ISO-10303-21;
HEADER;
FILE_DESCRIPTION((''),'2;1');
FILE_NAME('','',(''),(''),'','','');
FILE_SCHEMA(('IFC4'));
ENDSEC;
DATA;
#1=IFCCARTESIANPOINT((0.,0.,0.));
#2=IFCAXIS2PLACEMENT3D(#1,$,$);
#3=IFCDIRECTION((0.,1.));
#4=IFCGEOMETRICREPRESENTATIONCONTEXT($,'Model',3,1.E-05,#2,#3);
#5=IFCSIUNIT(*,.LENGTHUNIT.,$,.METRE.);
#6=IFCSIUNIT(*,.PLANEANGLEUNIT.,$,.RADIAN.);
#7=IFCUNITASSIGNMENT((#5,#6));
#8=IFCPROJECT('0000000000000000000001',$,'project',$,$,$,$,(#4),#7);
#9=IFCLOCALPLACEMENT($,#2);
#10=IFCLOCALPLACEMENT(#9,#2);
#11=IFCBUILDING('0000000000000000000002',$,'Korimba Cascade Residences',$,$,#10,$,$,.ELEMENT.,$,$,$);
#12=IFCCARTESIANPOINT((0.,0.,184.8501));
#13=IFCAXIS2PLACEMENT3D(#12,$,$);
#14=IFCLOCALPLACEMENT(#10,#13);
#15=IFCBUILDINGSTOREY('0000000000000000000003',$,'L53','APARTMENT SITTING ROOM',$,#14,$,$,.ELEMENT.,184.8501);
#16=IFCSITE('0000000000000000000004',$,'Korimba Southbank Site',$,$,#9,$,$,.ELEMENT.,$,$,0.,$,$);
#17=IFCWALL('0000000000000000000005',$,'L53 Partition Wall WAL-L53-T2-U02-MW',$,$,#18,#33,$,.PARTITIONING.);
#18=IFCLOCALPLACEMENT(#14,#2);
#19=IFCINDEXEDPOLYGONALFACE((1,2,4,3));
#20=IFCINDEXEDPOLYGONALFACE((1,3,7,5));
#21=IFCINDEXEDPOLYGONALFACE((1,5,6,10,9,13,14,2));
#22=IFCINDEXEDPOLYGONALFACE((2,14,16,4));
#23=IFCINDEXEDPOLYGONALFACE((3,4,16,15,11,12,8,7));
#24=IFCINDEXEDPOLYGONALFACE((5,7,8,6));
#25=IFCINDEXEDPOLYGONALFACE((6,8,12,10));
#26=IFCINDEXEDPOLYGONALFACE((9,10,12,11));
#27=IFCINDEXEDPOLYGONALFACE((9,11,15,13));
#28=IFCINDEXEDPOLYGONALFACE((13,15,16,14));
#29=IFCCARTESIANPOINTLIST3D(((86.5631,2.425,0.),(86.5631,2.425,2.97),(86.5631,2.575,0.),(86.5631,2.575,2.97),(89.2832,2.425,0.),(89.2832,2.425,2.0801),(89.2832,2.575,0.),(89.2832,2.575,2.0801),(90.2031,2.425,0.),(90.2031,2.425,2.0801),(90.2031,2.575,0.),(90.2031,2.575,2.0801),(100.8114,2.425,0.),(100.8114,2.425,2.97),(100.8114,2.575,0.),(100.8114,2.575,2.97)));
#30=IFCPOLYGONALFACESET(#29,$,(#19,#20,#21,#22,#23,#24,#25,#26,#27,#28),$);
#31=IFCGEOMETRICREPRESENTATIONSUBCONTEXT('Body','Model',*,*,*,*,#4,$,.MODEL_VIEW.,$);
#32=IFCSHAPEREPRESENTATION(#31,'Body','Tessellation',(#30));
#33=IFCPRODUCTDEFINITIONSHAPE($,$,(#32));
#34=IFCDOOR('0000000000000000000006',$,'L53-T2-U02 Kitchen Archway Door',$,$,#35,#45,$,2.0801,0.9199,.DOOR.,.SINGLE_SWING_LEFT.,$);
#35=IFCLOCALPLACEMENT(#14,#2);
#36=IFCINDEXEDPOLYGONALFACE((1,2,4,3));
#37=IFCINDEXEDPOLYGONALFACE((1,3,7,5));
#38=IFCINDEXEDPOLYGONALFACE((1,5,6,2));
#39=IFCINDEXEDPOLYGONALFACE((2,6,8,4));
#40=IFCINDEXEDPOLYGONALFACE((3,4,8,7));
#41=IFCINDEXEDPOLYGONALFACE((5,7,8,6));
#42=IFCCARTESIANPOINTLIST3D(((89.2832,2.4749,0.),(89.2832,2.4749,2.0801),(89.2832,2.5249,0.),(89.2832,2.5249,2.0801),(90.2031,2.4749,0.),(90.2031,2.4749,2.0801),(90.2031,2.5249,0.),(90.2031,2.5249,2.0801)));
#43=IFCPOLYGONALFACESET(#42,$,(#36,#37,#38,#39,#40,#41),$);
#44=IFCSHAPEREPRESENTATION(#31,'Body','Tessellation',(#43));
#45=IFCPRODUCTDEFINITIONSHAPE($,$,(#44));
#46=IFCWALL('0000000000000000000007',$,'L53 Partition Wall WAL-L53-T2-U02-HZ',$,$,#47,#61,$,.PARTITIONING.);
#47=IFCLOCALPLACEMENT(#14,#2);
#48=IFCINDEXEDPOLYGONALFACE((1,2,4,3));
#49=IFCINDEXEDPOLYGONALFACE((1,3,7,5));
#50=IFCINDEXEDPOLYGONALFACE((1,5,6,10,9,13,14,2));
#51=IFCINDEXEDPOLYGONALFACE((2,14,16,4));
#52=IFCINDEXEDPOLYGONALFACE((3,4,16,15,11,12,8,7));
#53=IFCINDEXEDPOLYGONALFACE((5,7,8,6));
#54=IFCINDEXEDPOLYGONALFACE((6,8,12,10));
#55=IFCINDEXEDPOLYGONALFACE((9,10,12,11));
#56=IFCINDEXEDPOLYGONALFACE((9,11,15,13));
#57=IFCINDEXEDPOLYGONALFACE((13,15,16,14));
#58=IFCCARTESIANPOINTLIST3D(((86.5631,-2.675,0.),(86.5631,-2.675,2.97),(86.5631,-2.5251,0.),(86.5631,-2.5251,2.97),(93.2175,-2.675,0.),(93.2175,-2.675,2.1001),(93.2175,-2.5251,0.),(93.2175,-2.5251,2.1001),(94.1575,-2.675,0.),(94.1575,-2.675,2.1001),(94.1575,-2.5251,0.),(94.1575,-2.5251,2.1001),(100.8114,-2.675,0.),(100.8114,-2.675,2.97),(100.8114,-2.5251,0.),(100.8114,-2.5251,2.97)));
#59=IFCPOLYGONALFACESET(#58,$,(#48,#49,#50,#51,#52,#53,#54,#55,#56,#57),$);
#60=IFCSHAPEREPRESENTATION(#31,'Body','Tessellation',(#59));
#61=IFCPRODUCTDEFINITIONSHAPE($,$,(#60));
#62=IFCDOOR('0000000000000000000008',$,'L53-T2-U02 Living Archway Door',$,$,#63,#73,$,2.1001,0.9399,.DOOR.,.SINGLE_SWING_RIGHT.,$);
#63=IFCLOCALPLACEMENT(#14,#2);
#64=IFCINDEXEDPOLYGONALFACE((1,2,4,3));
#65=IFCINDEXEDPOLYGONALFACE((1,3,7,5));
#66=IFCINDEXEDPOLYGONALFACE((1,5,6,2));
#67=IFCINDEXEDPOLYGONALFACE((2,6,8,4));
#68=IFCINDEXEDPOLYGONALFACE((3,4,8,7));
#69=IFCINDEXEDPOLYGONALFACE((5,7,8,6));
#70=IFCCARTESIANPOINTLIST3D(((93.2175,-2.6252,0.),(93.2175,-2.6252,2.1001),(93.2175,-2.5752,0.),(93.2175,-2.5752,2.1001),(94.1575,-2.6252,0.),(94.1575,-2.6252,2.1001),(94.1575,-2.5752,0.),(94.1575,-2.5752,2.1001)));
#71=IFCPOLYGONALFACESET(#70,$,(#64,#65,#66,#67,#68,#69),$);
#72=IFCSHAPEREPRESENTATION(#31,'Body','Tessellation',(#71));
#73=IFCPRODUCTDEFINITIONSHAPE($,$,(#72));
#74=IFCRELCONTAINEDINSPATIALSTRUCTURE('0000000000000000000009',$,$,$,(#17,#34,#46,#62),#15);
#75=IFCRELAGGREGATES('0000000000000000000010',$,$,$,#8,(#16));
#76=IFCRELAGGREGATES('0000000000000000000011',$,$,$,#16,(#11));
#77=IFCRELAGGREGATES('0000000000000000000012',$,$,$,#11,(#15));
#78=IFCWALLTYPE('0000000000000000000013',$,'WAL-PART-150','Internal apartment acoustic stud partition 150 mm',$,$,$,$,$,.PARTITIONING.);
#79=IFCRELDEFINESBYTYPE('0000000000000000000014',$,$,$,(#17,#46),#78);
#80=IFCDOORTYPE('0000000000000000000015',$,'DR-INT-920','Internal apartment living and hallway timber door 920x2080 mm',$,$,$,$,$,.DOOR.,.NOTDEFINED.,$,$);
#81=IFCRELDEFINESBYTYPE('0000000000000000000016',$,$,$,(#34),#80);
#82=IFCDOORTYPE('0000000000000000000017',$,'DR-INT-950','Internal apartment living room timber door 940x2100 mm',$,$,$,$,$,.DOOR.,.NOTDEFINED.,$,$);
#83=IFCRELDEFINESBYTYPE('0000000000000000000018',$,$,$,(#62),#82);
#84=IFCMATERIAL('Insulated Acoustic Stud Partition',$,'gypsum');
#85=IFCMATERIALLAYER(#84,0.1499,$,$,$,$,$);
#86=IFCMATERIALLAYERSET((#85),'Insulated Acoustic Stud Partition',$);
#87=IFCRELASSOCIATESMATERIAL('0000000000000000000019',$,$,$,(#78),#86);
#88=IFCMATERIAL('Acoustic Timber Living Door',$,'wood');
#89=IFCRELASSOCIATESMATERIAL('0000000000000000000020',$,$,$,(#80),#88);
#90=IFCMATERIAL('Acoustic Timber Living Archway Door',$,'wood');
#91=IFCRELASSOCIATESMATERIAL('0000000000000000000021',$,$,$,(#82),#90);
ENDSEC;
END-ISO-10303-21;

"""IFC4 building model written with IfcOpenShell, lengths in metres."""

from ifc_helpers import new_model, si_unit, direction, frame, frame_2d, origin, place, context, subcontext, project, spatial, rectangle, extrude, material, layer, layer_set, type_object, element, fill, save


model = new_model("IFC4")

# Units and contexts
model_context = context("Model", 3, precision=1e-05, world=origin(), true_north=direction((0.0, 1.0)))
body_context = subcontext(model_context, "Body", "Model", "MODEL_VIEW")
ifc_project = project(units=[si_unit("LENGTHUNIT", "METRE"), si_unit("PLANEANGLEUNIT", "RADIAN")], contexts=[model_context])

# Site, building, storey
site_placement = place(None, origin())
site = spatial("IfcSite", under=ifc_project, at=site_placement, Name="Korimba Southbank Site", CompositionType="ELEMENT", RefElevation=0.0)
building_placement = place(site_placement, origin())
building = spatial("IfcBuilding", under=site, at=building_placement, Name="Korimba Cascade Residences", CompositionType="ELEMENT")
storey_placement = place(building_placement, frame((0.0, 0.0, 184.8501)))
storey = spatial("IfcBuildingStorey", under=building, at=storey_placement, Name="L53", Description="APARTMENT SITTING ROOM", CompositionType="ELEMENT", Elevation=184.8501)

# Walls, openings, doors
ifc_material_1 = material(Name="Insulated Acoustic Stud Partition", Category="gypsum")
ifc_layer = layer(ifc_material_1, 0.1499)
ifc_layer_set = layer_set([ifc_layer], Name="Insulated Acoustic Stud Partition")
wall_type = type_object("IfcWallType", Name="WAL-PART-150", Description="Internal apartment acoustic stud partition 150 mm", PredefinedType="PARTITIONING", material=ifc_layer_set)
wall_1_placement = place(storey_placement, frame((86.5632, 2.5, 0.0), z_axis=(0.0, 0.0, 1.0), x_axis=(1.0, 0.0, 0.0)))
wall_1 = element("IfcWall", 1, at=wall_1_placement, inside=storey, type_object=wall_type, Name="L53 Partition Wall WAL-L53-T2-U02-MW", PredefinedType="PARTITIONING", context=body_context, shape_type="SweptSolid", body=[
    extrude(rectangle(XDim=14.2483, YDim=0.1499, at=frame_2d((7.124, 0.0))), origin(), (0.0, 0.0, 1.0), 2.97),
])
opening_1_placement = place(wall_1_placement, frame((2.72, 0.0, 0.0)))
opening_1 = element("IfcOpeningElement", 2, at=opening_1_placement, cuts=wall_1, PredefinedType="OPENING", context=body_context, shape_type="SweptSolid", body=[
    extrude(rectangle(XDim=0.9199, YDim=2.0801, at=frame_2d((0.46, 1.04))), frame((0.0, 0.085, 0.0), z_axis=(0.0, -1.0, 0.0), x_axis=(1.0, 0.0, 0.0)), (0.0, 0.0, 1.0), 0.1699),
])
ifc_material_2 = material(Name="Acoustic Timber Living Door", Category="wood")
door_type_1 = type_object("IfcDoorType", Name="DR-INT-920", Description="Internal apartment living and hallway timber door 920x2080 mm", OperationType="NOTDEFINED", PredefinedType="DOOR", material=ifc_material_2)
door_1_placement = place(opening_1_placement, origin())
door_1 = element("IfcDoor", 3, at=door_1_placement, inside=storey, type_object=door_type_1, Name="L53-T2-U02 Kitchen Archway Door", OperationType="SINGLE_SWING_LEFT", OverallHeight=2.0801, OverallWidth=0.9199, PredefinedType="DOOR", context=body_context, shape_type="SweptSolid", body=[
    extrude(rectangle(XDim=0.9199, YDim=2.0801, at=frame_2d((0.46, 1.04))), frame((0.0, 0.0249, 0.0), z_axis=(0.0, -1.0, 0.0), x_axis=(1.0, 0.0, 0.0)), (0.0, 0.0, 1.0), 0.05),
])
fill(opening_1, door_1)
wall_2_placement = place(storey_placement, frame((86.5632, -2.6001, 0.0), z_axis=(0.0, 0.0, 1.0), x_axis=(1.0, 0.0, 0.0)))
wall_2 = element("IfcWall", 4, at=wall_2_placement, inside=storey, type_object=wall_type, Name="L53 Partition Wall WAL-L53-T2-U02-HZ", PredefinedType="PARTITIONING", context=body_context, shape_type="SweptSolid", body=[
    extrude(rectangle(XDim=14.2483, YDim=0.1499, at=frame_2d((7.124, 0.0))), origin(), (0.0, 0.0, 1.0), 2.97),
])
opening_2_placement = place(wall_2_placement, frame((6.6543, 0.0, 0.0)))
opening_2 = element("IfcOpeningElement", 5, at=opening_2_placement, cuts=wall_2, PredefinedType="OPENING", context=body_context, shape_type="SweptSolid", body=[
    extrude(rectangle(XDim=0.9399, YDim=2.1001, at=frame_2d((0.47, 1.05))), frame((0.0, 0.085, 0.0), z_axis=(0.0, -1.0, 0.0), x_axis=(1.0, 0.0, 0.0)), (0.0, 0.0, 1.0), 0.1699),
])
ifc_material_3 = material(Name="Acoustic Timber Living Archway Door", Category="wood")
door_type_2 = type_object("IfcDoorType", Name="DR-INT-950", Description="Internal apartment living room timber door 940x2100 mm", OperationType="NOTDEFINED", PredefinedType="DOOR", material=ifc_material_3)
door_2_placement = place(opening_2_placement, origin())
door_2 = element("IfcDoor", 6, at=door_2_placement, inside=storey, type_object=door_type_2, Name="L53-T2-U02 Living Archway Door", OperationType="SINGLE_SWING_RIGHT", OverallHeight=2.1001, OverallWidth=0.9399, PredefinedType="DOOR", context=body_context, shape_type="SweptSolid", body=[
    extrude(rectangle(XDim=0.9399, YDim=2.1001, at=frame_2d((0.47, 1.05))), frame((0.0, 0.0249, 0.0), z_axis=(0.0, -1.0, 0.0), x_axis=(1.0, 0.0, 0.0)), (0.0, 0.0, 1.0), 0.05),
])
fill(opening_2, door_2)

save(model, "model.ifc")
